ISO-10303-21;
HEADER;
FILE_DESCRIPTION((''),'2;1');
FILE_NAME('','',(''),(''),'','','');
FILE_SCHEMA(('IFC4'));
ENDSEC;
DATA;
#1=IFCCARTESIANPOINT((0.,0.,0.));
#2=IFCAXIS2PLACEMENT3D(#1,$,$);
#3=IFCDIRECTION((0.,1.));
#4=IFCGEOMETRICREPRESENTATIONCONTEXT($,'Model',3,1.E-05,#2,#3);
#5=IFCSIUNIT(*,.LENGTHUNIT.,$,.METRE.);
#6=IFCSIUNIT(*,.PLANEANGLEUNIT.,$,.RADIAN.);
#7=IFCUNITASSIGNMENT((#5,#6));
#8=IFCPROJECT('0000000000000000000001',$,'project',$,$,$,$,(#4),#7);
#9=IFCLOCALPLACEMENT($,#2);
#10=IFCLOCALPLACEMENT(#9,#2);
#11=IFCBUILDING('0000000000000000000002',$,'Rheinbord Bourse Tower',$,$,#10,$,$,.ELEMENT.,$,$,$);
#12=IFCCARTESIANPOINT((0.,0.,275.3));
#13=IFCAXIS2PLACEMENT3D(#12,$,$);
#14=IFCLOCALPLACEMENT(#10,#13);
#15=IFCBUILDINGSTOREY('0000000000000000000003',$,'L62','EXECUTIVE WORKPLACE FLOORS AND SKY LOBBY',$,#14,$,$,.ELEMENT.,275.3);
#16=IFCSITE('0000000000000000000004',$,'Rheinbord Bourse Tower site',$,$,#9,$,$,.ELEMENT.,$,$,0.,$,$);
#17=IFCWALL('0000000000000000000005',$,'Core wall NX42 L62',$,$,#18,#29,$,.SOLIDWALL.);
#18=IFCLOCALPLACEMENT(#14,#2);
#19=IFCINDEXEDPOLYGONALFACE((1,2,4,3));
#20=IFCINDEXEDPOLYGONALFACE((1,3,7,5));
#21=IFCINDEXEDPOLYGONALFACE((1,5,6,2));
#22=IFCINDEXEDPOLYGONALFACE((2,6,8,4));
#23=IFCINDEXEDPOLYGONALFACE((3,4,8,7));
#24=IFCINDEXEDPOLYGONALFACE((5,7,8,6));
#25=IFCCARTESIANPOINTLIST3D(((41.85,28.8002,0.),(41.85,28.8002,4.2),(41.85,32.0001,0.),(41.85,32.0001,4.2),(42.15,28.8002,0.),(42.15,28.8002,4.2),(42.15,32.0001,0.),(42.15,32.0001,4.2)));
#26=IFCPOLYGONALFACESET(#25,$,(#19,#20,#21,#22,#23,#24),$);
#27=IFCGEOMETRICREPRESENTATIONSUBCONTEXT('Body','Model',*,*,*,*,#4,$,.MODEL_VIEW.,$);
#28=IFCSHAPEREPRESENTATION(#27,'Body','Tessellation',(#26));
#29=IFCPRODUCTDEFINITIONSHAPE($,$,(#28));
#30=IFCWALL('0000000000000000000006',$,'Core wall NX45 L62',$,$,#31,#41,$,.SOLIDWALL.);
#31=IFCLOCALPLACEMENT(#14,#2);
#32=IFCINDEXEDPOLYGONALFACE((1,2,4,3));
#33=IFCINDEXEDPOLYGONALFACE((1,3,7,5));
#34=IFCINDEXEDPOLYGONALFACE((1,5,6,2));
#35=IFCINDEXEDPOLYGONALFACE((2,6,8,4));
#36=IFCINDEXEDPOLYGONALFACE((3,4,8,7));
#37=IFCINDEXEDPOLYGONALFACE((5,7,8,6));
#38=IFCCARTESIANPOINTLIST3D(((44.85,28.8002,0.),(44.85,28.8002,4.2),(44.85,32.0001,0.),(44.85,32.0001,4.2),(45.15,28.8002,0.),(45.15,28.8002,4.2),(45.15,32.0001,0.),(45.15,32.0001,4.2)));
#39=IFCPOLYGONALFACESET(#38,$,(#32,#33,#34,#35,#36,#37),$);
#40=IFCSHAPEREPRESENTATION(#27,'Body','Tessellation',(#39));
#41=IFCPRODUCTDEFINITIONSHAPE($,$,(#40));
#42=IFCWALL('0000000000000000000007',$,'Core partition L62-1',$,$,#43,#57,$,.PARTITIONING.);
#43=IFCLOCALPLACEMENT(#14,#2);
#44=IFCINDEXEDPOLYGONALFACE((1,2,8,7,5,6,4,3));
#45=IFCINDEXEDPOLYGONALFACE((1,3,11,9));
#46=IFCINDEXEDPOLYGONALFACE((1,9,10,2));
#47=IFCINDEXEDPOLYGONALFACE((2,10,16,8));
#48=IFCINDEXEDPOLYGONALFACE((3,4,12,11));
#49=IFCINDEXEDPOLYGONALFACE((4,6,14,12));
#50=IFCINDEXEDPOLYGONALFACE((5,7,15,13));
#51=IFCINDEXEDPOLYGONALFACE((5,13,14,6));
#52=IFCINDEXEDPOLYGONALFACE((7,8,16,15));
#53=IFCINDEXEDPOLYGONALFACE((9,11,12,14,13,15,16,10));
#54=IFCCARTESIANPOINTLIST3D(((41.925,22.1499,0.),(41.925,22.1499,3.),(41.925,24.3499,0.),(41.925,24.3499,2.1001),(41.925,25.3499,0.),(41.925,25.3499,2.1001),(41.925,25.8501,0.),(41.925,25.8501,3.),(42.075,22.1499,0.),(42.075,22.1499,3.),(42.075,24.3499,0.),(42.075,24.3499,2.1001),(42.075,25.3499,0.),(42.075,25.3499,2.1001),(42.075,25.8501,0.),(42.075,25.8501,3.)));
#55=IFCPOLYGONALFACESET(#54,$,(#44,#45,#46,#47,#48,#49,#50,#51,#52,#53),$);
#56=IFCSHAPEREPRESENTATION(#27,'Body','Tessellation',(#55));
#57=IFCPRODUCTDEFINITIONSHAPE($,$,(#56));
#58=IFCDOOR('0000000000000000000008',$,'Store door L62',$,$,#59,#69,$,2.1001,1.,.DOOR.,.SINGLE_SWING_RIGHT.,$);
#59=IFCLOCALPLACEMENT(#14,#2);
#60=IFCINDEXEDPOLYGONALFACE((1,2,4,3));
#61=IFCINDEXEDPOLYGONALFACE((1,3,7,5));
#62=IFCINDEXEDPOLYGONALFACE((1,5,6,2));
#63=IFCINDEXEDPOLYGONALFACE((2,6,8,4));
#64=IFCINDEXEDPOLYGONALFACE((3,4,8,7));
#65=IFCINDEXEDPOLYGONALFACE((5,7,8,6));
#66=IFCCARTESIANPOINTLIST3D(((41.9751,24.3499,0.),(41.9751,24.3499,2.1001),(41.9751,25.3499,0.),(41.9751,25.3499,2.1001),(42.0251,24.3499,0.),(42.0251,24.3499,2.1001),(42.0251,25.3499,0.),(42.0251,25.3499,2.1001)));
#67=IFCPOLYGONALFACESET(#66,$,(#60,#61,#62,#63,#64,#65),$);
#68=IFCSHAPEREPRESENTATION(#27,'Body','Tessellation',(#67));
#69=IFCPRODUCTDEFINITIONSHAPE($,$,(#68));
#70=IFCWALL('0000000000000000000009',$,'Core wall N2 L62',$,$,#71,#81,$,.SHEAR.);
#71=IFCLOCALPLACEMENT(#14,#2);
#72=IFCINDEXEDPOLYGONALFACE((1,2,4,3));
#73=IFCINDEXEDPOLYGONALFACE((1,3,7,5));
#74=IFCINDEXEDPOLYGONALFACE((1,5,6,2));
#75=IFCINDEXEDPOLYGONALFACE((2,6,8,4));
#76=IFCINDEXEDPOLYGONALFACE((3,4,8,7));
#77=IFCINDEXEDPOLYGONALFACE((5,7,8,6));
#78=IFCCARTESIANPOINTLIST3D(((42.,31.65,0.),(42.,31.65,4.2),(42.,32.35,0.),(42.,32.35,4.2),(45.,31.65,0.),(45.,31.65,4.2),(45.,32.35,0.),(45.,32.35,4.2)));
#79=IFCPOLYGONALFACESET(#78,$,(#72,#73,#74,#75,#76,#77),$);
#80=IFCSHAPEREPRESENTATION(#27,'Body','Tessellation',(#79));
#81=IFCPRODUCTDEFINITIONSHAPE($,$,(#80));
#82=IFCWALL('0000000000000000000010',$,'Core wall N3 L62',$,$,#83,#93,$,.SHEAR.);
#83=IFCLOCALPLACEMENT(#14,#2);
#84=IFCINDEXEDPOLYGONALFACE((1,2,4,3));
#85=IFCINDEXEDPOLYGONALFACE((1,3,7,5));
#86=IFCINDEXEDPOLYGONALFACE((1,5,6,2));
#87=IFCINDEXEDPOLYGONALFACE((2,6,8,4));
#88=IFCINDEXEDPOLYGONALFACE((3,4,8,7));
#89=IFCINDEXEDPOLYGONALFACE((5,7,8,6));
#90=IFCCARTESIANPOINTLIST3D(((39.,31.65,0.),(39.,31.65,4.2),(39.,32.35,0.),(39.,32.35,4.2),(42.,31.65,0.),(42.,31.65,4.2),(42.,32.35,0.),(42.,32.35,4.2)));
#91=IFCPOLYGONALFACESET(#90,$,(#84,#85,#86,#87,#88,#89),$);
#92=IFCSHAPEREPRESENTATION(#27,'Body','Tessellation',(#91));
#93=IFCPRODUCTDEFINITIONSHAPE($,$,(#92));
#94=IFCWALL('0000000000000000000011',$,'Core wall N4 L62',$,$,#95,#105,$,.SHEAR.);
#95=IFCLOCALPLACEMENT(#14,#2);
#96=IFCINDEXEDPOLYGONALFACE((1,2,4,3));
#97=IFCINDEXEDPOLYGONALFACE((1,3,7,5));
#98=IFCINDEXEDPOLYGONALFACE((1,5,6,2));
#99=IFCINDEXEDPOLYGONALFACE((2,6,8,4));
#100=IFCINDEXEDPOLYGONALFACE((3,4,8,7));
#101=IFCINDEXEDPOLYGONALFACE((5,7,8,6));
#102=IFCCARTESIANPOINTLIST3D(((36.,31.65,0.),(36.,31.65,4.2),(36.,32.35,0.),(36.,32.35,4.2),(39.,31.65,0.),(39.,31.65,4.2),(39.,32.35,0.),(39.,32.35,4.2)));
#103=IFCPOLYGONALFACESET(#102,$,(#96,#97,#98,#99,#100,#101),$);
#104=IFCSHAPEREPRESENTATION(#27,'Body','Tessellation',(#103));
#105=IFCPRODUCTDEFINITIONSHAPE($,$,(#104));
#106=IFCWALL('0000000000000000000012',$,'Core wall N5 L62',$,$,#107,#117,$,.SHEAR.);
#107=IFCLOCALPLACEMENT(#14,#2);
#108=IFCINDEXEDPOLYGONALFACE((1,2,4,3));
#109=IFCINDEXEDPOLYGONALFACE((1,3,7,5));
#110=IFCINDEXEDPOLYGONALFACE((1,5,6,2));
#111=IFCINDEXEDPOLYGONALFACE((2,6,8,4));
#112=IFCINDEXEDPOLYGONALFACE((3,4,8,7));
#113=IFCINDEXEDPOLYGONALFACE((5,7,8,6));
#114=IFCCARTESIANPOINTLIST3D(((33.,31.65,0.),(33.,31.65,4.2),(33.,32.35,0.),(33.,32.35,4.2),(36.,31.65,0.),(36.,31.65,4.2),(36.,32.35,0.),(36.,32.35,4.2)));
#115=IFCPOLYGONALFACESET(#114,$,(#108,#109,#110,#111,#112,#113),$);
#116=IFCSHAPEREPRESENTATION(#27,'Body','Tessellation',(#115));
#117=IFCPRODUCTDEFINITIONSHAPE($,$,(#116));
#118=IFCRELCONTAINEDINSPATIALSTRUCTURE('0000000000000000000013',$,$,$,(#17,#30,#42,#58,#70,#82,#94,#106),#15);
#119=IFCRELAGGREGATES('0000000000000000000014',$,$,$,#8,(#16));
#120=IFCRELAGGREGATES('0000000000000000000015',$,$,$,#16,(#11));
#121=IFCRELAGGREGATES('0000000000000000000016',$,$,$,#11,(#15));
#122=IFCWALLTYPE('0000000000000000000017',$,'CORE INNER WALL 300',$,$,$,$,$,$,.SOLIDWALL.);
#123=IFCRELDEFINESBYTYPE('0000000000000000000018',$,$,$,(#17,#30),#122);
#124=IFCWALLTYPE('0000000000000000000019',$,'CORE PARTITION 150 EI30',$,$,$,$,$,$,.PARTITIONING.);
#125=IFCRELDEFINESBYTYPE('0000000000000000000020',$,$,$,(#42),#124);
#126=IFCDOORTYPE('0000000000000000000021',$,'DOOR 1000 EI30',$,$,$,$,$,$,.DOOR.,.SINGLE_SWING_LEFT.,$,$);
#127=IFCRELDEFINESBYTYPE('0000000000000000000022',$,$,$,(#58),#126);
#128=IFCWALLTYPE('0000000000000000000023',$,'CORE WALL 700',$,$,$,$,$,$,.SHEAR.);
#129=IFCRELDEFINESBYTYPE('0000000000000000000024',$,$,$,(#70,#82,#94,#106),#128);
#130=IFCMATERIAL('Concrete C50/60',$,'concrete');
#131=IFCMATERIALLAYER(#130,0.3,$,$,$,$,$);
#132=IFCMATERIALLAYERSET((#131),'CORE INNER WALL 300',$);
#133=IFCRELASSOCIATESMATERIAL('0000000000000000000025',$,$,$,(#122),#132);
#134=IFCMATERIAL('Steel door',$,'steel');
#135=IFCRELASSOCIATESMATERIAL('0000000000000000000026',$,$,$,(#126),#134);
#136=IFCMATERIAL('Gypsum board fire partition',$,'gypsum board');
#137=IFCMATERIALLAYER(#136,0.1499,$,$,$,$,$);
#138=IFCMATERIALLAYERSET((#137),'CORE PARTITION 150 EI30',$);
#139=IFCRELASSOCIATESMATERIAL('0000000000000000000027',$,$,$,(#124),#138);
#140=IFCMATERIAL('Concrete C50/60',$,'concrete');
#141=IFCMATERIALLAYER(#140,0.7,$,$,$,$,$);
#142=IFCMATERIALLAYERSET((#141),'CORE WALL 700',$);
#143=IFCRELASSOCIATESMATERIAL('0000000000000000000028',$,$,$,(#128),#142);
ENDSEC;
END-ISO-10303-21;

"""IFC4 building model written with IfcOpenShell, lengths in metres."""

from ifc_helpers import new_model, si_unit, direction, frame, frame_2d, origin, place, context, subcontext, project, spatial, rectangle, extrude, material, layer, layer_set, type_object, element, fill, save


model = new_model("IFC4")

# Units and contexts
model_context = context("Model", 3, precision=1e-05, world=origin(), true_north=direction((0.0, 1.0)))
body_context = subcontext(model_context, "Body", "Model", "MODEL_VIEW")
ifc_project = project(units=[si_unit("LENGTHUNIT", "METRE"), si_unit("PLANEANGLEUNIT", "RADIAN")], contexts=[model_context])

# Site, building, storey
site_placement = place(None, origin())
site = spatial("IfcSite", under=ifc_project, at=site_placement, Name="Rheinbord Bourse Tower site", CompositionType="ELEMENT", RefElevation=0.0)
building_placement = place(site_placement, origin())
building = spatial("IfcBuilding", under=site, at=building_placement, Name="Rheinbord Bourse Tower", CompositionType="ELEMENT")
storey_placement = place(building_placement, frame((0.0, 0.0, 275.3)))
storey = spatial("IfcBuildingStorey", under=building, at=storey_placement, Name="L62", Description="EXECUTIVE WORKPLACE FLOORS AND SKY LOBBY", CompositionType="ELEMENT", Elevation=275.3)

# Shared definitions
ifc_material_1 = material(Name="Concrete C50/60", Category="concrete")
ifc_layer_1 = layer(ifc_material_1, 0.3)
ifc_layer_set_1 = layer_set([ifc_layer_1], Name="CORE INNER WALL 300")
wall_type_1 = type_object("IfcWallType", Name="CORE INNER WALL 300", PredefinedType="SOLIDWALL", material=ifc_layer_set_1)
ifc_material_2 = material(Name="Steel door", Category="steel")
door_type_1 = type_object("IfcDoorType", Name="DOOR 1000 EI30", OperationType="SINGLE_SWING_LEFT", PredefinedType="DOOR", material=ifc_material_2)

# Walls
for number, where, z_axis, x_axis, name in (
    (1, (42.0, 28.8, 0.0), (0.0, 0.0, 1.0), (0.0, 1.0, 0.0), "Core wall NX42 L62"),
    (2, (45.0, 28.8, 0.0), (0.0, 0.0, 1.0), (0.0, 1.0, 0.0), "Core wall NX45 L62"),
):
    element("IfcWall", number, at=place(storey_placement, frame(where, z_axis=z_axis, x_axis=x_axis)), inside=storey, type_object=wall_type_1, Name=name, PredefinedType="SOLIDWALL", context=body_context, shape_type="SweptSolid", body=[
        extrude(rectangle(XDim=3.2, YDim=0.3, at=frame_2d((1.6001, 0.0))), origin(), (0.0, 0.0, 1.0), 4.2),
    ])

# Wall, opening, door
ifc_material_3 = material(Name="Gypsum board fire partition", Category="gypsum board")
ifc_layer_2 = layer(ifc_material_3, 0.1499)
ifc_layer_set_2 = layer_set([ifc_layer_2], Name="CORE PARTITION 150 EI30")
wall_type_2 = type_object("IfcWallType", Name="CORE PARTITION 150 EI30", PredefinedType="PARTITIONING", material=ifc_layer_set_2)
wall_1_placement = place(storey_placement, frame((42.0, 22.1499, 0.0), z_axis=(0.0, 0.0, 1.0), x_axis=(0.0, 1.0, 0.0)))
wall_1 = element("IfcWall", 3, at=wall_1_placement, inside=storey, type_object=wall_type_2, Name="Core partition L62-1", PredefinedType="PARTITIONING", context=body_context, shape_type="SweptSolid", body=[
    extrude(rectangle(XDim=3.7002, YDim=0.1499, at=frame_2d((1.8501, 0.0))), origin(), (0.0, 0.0, 1.0), 3.0),
])
opening_1_placement = place(wall_1_placement, frame((2.2, 0.0, 0.0)))
opening_1 = element("IfcOpeningElement", 4, at=opening_1_placement, cuts=wall_1, PredefinedType="OPENING", context=body_context, shape_type="SweptSolid", body=[
    extrude(rectangle(XDim=1.0, YDim=2.1001, at=frame_2d((0.5, 1.05))), frame((0.0, 0.085, 0.0), z_axis=(0.0, -1.0, 0.0), x_axis=(1.0, 0.0, 0.0)), (0.0, 0.0, 1.0), 0.1699),
])
door_1_placement = place(opening_1_placement, origin())
door_1 = element("IfcDoor", 5, at=door_1_placement, inside=storey, type_object=door_type_1, Name="Store door L62", OperationType="SINGLE_SWING_RIGHT", OverallHeight=2.1001, OverallWidth=1.0, PredefinedType="DOOR", context=body_context, shape_type="SweptSolid", body=[
    extrude(rectangle(XDim=1.0, YDim=2.1001, at=frame_2d((0.5, 1.05))), frame((0.0, 0.0249, 0.0), z_axis=(0.0, -1.0, 0.0), x_axis=(1.0, 0.0, 0.0)), (0.0, 0.0, 1.0), 0.05),
])
fill(opening_1, door_1)

# Walls
ifc_material_4 = material(Name="Concrete C50/60", Category="concrete")
ifc_layer_3 = layer(ifc_material_4, 0.7)
ifc_layer_set_3 = layer_set([ifc_layer_3], Name="CORE WALL 700")
wall_type_3 = type_object("IfcWallType", Name="CORE WALL 700", PredefinedType="SHEAR", material=ifc_layer_set_3)
for number, where, z_axis, x_axis, name in (
    (6, (45.0, 32.0, 0.0), (0.0, 0.0, 1.0), (-1.0, 0.0, 0.0), "Core wall N2 L62"),
    (7, (42.0, 32.0, 0.0), (0.0, 0.0, 1.0), (-1.0, 0.0, 0.0), "Core wall N3 L62"),
    (8, (39.0, 32.0, 0.0), (0.0, 0.0, 1.0), (-1.0, 0.0, 0.0), "Core wall N4 L62"),
    (9, (36.0, 32.0, 0.0), (0.0, 0.0, 1.0), (-1.0, 0.0, 0.0), "Core wall N5 L62"),
):
    element("IfcWall", number, at=place(storey_placement, frame(where, z_axis=z_axis, x_axis=x_axis)), inside=storey, type_object=wall_type_3, Name=name, PredefinedType="SHEAR", context=body_context, shape_type="SweptSolid", body=[
        extrude(rectangle(XDim=3.0, YDim=0.7, at=frame_2d((1.5, 0.0))), origin(), (0.0, 0.0, 1.0), 4.2),
    ])

save(model, "model.ifc")
